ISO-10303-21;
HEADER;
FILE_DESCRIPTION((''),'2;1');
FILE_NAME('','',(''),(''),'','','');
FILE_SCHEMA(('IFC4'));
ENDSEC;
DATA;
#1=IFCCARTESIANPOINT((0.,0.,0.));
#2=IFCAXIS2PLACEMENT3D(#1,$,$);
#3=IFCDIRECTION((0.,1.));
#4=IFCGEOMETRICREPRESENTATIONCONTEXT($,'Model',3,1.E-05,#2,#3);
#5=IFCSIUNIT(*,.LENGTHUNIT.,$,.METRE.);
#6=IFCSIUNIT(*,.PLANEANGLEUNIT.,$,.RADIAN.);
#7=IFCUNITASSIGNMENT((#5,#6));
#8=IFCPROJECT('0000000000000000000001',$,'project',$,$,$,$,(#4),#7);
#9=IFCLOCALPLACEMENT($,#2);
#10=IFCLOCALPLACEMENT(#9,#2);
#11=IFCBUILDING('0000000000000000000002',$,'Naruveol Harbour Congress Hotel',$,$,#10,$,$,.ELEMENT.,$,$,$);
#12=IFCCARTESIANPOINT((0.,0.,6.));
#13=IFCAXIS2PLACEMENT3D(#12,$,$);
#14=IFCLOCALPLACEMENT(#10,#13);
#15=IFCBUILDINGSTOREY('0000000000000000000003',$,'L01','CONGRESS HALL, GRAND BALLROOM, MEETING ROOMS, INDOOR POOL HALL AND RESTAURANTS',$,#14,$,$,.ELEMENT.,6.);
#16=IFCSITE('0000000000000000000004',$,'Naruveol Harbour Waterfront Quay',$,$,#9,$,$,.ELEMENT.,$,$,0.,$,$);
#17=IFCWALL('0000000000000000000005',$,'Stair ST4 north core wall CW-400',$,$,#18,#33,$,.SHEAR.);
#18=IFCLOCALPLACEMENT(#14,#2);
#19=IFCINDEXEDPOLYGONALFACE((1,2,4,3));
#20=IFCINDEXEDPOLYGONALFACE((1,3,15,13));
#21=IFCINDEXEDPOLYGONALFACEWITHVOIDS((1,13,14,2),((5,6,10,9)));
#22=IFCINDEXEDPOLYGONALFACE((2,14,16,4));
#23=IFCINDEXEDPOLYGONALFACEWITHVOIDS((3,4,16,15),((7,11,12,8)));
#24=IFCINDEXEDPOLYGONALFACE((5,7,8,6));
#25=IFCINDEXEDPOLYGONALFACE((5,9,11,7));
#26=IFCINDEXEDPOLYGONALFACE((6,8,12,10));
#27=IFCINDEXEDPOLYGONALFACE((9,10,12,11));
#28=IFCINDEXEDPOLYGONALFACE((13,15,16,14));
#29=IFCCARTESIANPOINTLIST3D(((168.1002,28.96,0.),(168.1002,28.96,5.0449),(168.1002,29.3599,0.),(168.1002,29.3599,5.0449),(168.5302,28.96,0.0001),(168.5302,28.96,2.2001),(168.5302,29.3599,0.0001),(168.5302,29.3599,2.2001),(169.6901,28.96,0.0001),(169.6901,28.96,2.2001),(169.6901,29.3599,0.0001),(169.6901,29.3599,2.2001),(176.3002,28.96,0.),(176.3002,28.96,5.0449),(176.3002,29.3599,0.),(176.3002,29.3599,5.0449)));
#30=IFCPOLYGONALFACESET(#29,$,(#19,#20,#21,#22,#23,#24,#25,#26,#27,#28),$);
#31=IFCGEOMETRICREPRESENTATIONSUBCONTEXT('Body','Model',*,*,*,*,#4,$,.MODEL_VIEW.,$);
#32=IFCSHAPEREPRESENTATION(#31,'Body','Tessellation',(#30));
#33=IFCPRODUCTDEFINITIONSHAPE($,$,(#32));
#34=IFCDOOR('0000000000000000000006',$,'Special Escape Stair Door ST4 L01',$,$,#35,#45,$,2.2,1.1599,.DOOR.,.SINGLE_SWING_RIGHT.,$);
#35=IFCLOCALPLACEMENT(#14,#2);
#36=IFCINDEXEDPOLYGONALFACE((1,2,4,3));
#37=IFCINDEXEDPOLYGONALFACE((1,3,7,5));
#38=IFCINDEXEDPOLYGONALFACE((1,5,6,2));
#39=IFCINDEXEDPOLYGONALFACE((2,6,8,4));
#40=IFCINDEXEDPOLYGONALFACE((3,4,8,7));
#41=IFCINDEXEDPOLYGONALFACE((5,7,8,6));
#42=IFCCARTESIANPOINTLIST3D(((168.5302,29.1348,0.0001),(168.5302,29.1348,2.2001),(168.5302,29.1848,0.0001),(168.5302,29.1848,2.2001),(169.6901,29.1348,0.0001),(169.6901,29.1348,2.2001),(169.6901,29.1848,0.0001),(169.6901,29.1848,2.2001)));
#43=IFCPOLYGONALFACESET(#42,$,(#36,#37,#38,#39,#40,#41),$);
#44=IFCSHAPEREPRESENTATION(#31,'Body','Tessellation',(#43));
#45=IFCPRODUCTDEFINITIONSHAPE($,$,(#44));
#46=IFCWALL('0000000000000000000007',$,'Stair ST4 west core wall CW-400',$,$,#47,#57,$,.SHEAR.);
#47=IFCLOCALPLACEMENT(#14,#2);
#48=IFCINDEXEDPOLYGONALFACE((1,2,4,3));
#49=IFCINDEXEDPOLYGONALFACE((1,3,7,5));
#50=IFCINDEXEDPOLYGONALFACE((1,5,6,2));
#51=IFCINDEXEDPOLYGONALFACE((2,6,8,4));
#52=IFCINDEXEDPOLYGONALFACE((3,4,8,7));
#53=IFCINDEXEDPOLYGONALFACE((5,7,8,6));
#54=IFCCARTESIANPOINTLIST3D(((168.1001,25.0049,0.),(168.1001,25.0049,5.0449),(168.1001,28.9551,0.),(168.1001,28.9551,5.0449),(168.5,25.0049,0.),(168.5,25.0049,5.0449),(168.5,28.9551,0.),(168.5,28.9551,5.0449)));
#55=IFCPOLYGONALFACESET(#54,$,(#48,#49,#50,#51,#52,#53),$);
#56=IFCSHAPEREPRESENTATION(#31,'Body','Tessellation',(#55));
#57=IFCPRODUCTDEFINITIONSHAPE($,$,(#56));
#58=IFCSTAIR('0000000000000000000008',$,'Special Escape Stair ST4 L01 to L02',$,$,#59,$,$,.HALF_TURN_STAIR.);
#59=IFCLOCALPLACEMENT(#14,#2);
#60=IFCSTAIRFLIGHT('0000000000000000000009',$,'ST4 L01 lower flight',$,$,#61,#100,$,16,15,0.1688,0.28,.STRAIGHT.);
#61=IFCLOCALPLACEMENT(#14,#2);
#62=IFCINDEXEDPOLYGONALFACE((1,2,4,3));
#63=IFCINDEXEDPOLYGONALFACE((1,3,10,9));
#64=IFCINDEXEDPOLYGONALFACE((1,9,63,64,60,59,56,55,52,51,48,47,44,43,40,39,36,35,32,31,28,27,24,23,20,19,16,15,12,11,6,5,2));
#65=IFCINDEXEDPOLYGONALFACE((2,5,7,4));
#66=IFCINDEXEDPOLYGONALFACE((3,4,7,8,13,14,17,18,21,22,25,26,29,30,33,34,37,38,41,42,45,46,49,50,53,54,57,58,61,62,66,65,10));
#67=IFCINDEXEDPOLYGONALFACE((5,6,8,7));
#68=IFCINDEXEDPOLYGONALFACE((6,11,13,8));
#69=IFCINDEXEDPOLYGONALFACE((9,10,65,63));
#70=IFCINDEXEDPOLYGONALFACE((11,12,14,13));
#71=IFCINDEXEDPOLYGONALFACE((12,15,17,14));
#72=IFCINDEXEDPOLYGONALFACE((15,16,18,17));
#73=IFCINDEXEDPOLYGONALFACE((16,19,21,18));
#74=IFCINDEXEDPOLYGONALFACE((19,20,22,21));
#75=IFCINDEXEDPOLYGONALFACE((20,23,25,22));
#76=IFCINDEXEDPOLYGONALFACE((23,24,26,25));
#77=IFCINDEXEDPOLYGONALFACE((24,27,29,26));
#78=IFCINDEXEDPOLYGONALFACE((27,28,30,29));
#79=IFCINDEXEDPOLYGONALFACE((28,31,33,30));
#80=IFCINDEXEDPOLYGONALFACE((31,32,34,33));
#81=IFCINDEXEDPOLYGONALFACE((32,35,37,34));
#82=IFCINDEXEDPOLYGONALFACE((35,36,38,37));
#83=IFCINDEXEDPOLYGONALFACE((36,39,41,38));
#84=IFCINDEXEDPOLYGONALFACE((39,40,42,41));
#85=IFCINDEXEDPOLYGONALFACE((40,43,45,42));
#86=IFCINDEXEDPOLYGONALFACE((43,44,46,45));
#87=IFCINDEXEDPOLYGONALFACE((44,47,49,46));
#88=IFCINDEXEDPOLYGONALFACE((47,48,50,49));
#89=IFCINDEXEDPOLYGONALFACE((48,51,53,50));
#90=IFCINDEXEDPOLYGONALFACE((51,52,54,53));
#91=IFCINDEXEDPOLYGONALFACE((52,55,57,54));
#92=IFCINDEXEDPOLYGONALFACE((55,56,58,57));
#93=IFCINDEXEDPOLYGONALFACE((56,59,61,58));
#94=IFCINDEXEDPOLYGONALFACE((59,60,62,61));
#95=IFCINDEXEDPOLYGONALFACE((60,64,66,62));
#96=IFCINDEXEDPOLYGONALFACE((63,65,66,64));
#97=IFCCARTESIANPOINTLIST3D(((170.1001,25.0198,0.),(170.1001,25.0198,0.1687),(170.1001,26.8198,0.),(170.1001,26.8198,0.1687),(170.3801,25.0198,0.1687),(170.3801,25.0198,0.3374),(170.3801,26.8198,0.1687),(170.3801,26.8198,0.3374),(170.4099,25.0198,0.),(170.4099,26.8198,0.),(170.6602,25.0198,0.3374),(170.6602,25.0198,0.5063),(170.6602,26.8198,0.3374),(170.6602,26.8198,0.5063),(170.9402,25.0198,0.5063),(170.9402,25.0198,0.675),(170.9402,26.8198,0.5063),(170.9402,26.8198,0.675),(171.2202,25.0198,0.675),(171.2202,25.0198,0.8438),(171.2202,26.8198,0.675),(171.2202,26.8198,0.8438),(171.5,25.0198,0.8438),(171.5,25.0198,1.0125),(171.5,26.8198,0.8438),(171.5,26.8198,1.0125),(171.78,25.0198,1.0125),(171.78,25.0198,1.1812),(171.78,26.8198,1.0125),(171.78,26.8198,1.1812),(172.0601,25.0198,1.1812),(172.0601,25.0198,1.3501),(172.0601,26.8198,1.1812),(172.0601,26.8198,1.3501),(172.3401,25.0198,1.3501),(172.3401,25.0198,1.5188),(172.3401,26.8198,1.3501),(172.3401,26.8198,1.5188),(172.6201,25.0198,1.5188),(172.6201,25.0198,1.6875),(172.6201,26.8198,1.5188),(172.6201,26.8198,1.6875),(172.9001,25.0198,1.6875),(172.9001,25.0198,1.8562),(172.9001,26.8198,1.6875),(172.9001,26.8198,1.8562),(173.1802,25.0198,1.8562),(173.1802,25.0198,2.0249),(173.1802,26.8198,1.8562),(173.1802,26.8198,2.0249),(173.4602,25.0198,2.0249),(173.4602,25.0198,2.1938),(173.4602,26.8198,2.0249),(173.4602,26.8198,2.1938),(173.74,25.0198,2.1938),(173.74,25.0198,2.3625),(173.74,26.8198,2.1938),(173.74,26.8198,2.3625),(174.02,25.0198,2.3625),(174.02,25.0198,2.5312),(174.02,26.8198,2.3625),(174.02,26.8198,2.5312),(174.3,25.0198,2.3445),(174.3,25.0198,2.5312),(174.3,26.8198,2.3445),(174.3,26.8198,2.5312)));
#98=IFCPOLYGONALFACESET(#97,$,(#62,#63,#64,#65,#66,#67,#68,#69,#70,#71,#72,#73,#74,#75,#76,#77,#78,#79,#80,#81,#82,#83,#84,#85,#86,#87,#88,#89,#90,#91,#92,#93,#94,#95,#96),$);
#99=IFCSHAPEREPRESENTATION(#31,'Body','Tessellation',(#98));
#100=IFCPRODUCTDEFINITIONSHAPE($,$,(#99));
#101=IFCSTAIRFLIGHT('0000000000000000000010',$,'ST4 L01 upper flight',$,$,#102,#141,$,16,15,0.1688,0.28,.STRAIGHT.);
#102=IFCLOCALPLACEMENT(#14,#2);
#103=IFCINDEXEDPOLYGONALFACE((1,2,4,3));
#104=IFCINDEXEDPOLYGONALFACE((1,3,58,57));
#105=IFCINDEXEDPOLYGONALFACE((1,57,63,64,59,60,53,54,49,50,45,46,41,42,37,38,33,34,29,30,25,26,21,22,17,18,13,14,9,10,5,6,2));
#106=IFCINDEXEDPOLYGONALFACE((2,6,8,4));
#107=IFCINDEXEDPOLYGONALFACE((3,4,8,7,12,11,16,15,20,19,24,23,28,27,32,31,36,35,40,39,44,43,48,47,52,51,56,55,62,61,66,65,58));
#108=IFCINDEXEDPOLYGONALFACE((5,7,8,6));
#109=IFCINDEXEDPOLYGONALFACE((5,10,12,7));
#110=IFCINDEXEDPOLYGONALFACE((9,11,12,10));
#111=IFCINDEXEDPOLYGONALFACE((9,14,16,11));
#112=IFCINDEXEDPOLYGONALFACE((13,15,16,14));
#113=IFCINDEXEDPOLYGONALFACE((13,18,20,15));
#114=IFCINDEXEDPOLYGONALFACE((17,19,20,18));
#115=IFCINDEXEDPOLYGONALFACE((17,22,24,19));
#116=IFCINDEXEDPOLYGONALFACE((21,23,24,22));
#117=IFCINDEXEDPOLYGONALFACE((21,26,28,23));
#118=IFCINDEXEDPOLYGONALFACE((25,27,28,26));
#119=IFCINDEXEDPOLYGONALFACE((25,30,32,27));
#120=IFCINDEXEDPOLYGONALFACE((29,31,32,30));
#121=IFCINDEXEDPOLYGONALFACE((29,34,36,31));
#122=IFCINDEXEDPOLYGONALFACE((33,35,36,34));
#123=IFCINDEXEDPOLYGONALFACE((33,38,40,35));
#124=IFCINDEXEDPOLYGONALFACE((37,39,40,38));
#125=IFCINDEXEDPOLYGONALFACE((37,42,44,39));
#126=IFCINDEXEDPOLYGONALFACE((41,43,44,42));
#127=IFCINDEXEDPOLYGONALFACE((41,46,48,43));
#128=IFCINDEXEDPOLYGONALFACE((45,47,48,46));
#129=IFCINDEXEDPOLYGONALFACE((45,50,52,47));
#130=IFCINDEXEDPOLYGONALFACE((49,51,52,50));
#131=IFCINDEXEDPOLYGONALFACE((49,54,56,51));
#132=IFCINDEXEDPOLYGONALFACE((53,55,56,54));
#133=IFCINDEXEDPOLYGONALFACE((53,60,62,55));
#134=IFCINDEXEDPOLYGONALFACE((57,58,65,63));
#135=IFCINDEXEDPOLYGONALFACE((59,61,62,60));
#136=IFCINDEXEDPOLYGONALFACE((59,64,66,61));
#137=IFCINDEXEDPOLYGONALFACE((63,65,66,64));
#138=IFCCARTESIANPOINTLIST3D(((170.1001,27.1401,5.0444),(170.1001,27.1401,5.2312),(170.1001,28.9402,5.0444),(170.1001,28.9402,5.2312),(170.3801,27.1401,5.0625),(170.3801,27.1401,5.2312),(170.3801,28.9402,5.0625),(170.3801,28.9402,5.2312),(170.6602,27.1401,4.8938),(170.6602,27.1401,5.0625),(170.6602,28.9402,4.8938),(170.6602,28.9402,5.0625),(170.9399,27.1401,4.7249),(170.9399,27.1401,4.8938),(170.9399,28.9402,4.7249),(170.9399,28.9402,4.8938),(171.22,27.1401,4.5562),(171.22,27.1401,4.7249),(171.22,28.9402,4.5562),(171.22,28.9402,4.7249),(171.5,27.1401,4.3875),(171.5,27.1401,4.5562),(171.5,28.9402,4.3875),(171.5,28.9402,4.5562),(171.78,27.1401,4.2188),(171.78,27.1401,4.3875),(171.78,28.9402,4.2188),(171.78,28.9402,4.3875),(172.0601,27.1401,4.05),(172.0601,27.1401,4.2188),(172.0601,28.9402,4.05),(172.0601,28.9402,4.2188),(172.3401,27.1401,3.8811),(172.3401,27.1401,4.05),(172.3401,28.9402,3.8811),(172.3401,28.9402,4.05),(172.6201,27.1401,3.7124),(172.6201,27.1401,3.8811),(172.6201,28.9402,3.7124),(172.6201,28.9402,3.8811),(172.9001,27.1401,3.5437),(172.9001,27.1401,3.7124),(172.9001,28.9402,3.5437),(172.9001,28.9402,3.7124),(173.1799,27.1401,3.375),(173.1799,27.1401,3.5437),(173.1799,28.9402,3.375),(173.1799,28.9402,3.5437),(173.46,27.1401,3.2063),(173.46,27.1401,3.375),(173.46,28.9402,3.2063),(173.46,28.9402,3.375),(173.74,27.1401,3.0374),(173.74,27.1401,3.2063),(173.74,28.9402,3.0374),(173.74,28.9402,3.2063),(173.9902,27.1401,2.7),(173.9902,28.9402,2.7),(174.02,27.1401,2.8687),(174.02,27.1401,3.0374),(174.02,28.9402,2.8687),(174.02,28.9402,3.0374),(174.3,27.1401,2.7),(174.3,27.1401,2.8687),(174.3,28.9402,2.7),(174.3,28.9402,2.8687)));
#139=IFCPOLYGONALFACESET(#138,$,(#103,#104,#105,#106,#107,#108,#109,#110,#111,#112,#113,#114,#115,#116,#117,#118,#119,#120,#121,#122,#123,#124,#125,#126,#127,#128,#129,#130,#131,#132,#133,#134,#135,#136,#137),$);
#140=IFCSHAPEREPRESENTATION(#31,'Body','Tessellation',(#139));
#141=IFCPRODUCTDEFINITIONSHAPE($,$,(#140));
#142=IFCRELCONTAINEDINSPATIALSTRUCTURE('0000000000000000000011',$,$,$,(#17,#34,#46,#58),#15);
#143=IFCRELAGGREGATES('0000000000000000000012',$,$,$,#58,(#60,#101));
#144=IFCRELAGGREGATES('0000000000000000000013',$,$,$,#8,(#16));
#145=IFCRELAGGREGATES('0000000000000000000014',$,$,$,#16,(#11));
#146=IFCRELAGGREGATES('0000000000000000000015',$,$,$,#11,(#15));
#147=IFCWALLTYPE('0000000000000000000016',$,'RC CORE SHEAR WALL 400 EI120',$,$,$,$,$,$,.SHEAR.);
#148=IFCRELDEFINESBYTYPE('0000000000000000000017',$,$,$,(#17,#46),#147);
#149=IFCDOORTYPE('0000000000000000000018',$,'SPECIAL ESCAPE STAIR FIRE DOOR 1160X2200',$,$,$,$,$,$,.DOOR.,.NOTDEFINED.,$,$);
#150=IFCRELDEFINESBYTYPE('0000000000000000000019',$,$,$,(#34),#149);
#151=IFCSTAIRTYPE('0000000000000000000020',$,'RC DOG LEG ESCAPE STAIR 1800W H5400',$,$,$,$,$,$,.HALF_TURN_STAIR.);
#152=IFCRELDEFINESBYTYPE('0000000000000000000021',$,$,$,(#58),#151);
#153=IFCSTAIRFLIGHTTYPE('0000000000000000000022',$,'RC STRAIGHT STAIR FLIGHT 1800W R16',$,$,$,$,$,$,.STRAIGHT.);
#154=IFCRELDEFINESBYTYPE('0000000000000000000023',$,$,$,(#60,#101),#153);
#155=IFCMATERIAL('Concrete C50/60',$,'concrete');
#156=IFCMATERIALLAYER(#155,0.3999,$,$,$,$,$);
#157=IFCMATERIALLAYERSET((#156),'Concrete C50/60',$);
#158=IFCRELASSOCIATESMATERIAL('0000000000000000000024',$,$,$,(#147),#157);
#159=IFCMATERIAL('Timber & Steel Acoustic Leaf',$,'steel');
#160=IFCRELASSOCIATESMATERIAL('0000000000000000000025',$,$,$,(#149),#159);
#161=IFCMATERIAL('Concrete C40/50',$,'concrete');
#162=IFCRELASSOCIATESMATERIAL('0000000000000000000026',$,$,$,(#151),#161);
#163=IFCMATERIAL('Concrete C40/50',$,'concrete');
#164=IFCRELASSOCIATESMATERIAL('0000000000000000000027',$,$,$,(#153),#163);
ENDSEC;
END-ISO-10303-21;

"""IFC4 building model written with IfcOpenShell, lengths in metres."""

from ifc_helpers import new_model, si_unit, direction, frame, frame_2d, origin, place, context, subcontext, project, spatial, polyline, rectangle, outline, extrude, material, layer, layer_set, type_object, element, fill, aggregate, save


model = new_model("IFC4")

# Units and contexts
model_context = context("Model", 3, precision=1e-05, world=origin(), true_north=direction((0.0, 1.0)))
body_context = subcontext(model_context, "Body", "Model", "MODEL_VIEW")
ifc_project = project(units=[si_unit("LENGTHUNIT", "METRE"), si_unit("PLANEANGLEUNIT", "RADIAN")], contexts=[model_context])

# Site, building, storey
site_placement = place(None, origin())
site = spatial("IfcSite", under=ifc_project, at=site_placement, Name="Naruveol Harbour Waterfront Quay", CompositionType="ELEMENT", RefElevation=0.0)
building_placement = place(site_placement, origin())
building = spatial("IfcBuilding", under=site, at=building_placement, Name="Naruveol Harbour Congress Hotel", CompositionType="ELEMENT")
storey_placement = place(building_placement, frame((0.0, 0.0, 6.0)))
storey = spatial("IfcBuildingStorey", under=building, at=storey_placement, Name="L01", Description="CONGRESS HALL, GRAND BALLROOM, MEETING ROOMS, INDOOR POOL HALL AND RESTAURANTS", CompositionType="ELEMENT", Elevation=6.0)

# Wall, opening, door
ifc_material_1 = material(Name="Concrete C50/60", Category="concrete")
ifc_layer_1 = layer(ifc_material_1, 0.3999)
ifc_layer_set_1 = layer_set([ifc_layer_1], Name="Concrete C50/60")
wall_type_1 = type_object("IfcWallType", Name="RC CORE SHEAR WALL 400 EI120", PredefinedType="SHEAR", material=ifc_layer_set_1)
wall_1_placement = place(storey_placement, frame((168.1001, 29.1599, 0.0), z_axis=(0.0, 0.0, 1.0), x_axis=(1.0, 0.0, 0.0)))
wall_1 = element("IfcWall", 1, at=wall_1_placement, inside=storey, type_object=wall_type_1, Name="Stair ST4 north core wall CW-400", PredefinedType="SHEAR", context=body_context, shape_type="SweptSolid", body=[
    extrude(rectangle(XDim=8.2, YDim=0.3999, at=frame_2d((4.1001, 0.0))), origin(), (0.0, 0.0, 1.0), 5.0449),
])
opening_1_placement = place(wall_1_placement, frame((0.4299, 0.0, 0.0)))
opening_1 = element("IfcOpeningElement", 2, at=opening_1_placement, cuts=wall_1, PredefinedType="OPENING", context=body_context, shape_type="SweptSolid", body=[
    extrude(rectangle(XDim=1.1599, YDim=2.2, at=frame_2d((0.5801, 1.1001))), frame((0.0, 0.21, 0.0), z_axis=(0.0, -1.0, 0.0), x_axis=(1.0, 0.0, 0.0)), (0.0, 0.0, 1.0), 0.4199),
])
ifc_material_2 = material(Name="Timber & Steel Acoustic Leaf", Category="steel")
door_type_1 = type_object("IfcDoorType", Name="SPECIAL ESCAPE STAIR FIRE DOOR 1160X2200", OperationType="NOTDEFINED", PredefinedType="DOOR", material=ifc_material_2)
door_1_placement = place(opening_1_placement, origin())
door_1 = element("IfcDoor", 3, at=door_1_placement, inside=storey, type_object=door_type_1, Name="Special Escape Stair Door ST4 L01", OperationType="SINGLE_SWING_RIGHT", OverallHeight=2.2, OverallWidth=1.1599, PredefinedType="DOOR", context=body_context, shape_type="SweptSolid", body=[
    extrude(rectangle(XDim=1.1599, YDim=2.2, at=frame_2d((0.5801, 1.1001))), frame((0.0, 0.0249, 0.0), z_axis=(0.0, -1.0, 0.0), x_axis=(1.0, 0.0, 0.0)), (0.0, 0.0, 1.0), 0.05),
])
fill(opening_1, door_1)

# Wall
wall_2_placement = place(storey_placement, frame((168.3, 25.0049, 0.0), z_axis=(0.0, 0.0, 1.0), x_axis=(0.0, 1.0, 0.0)))
element("IfcWall", 4, at=wall_2_placement, inside=storey, type_object=wall_type_1, Name="Stair ST4 west core wall CW-400", PredefinedType="SHEAR", context=body_context, shape_type="SweptSolid", body=[
    extrude(rectangle(XDim=3.9502, YDim=0.3999, at=frame_2d((1.9751, 0.0))), origin(), (0.0, 0.0, 1.0), 5.0449),
])

# Stair, stair flights
ifc_material_3 = material(Name="Concrete C40/50", Category="concrete")
stair_type = type_object("IfcStairType", Name="RC DOG LEG ESCAPE STAIR 1800W H5400", PredefinedType="HALF_TURN_STAIR", material=ifc_material_3)
stair_placement = place(storey_placement, origin())
stair = element("IfcStair", 5, at=stair_placement, inside=storey, type_object=stair_type, Name="Special Escape Stair ST4 L01 to L02", PredefinedType="HALF_TURN_STAIR")
ifc_material_4 = material(Name="Concrete C40/50", Category="concrete")
stair_flight_type = type_object("IfcStairFlightType", Name="RC STRAIGHT STAIR FLIGHT 1800W R16", PredefinedType="STRAIGHT", material=ifc_material_4)
stair_flight_1_placement = place(storey_placement, frame((170.1001, 25.9199, 0.0), z_axis=(0.0, 0.0, 1.0), x_axis=(1.0, 0.0, 0.0)))
stair_flight_1 = element("IfcStairFlight", 6, at=stair_flight_1_placement, type_object=stair_flight_type, Name="ST4 L01 lower flight", NumberOfRisers=16, NumberOfTreads=15, PredefinedType="STRAIGHT", RiserHeight=0.1688, TreadLength=0.28, context=body_context, shape_type="SweptSolid", body=[
    extrude(outline(polyline([(0.0, 0.0), (0.0, 0.1687), (0.28, 0.1687), (0.28, 0.3374), (0.5601, 0.3374), (0.5601, 0.5063), (0.8401, 0.5063), (0.8401, 0.675), (1.1201, 0.675), (1.1201, 0.8438), (1.3999, 0.8438), (1.3999, 1.0125), (1.6799, 1.0125), (1.6799, 1.1812), (1.96, 1.1812), (1.96, 1.3501), (2.24, 1.3501), (2.24, 1.5188), (2.52, 1.5188), (2.52, 1.6875), (2.8, 1.6875), (2.8, 1.8562), (3.0801, 1.8562), (3.0801, 2.0249), (3.3601, 2.0249), (3.3601, 2.1938), (3.6399, 2.1938), (3.6399, 2.3625), (3.9199, 2.3625), (3.9199, 2.5312), (4.2, 2.5312), (4.2, 2.7), (4.2, 2.3445), (0.3098, 0.0), (0.0, 0.0)])), frame((0.0, 0.8999, 0.0), z_axis=(0.0, -1.0, 0.0), x_axis=(1.0, 0.0, 0.0)), (0.0, 0.0, 1.0), 1.8),
])
stair_flight_2_placement = place(storey_placement, frame((174.3, 28.04, 2.7), z_axis=(0.0, 0.0, 1.0), x_axis=(-1.0, 0.0, 0.0)))
stair_flight_2 = element("IfcStairFlight", 7, at=stair_flight_2_placement, type_object=stair_flight_type, Name="ST4 L01 upper flight", NumberOfRisers=16, NumberOfTreads=15, PredefinedType="STRAIGHT", RiserHeight=0.1688, TreadLength=0.28, context=body_context, shape_type="SweptSolid", body=[
    extrude(outline(polyline([(0.0, 0.0), (0.0, 0.1687), (0.28, 0.1687), (0.28, 0.3374), (0.5601, 0.3374), (0.5601, 0.5063), (0.8401, 0.5063), (0.8401, 0.675), (1.1201, 0.675), (1.1201, 0.8438), (1.3999, 0.8438), (1.3999, 1.0125), (1.6799, 1.0125), (1.6799, 1.1812), (1.96, 1.1812), (1.96, 1.3501), (2.24, 1.3501), (2.24, 1.5188), (2.52, 1.5188), (2.52, 1.6875), (2.8, 1.6875), (2.8, 1.8562), (3.0801, 1.8562), (3.0801, 2.0249), (3.3601, 2.0249), (3.3601, 2.1938), (3.6399, 2.1938), (3.6399, 2.3625), (3.9199, 2.3625), (3.9199, 2.5312), (4.2, 2.5312), (4.2, 2.7), (4.2, 2.3445), (0.3098, 0.0), (0.0, 0.0)])), frame((0.0, 0.8999, 0.0), z_axis=(0.0, -1.0, 0.0), x_axis=(1.0, 0.0, 0.0)), (0.0, 0.0, 1.0), 1.8),
])
aggregate(stair, [stair_flight_1, stair_flight_2])

save(model, "model.ifc")
